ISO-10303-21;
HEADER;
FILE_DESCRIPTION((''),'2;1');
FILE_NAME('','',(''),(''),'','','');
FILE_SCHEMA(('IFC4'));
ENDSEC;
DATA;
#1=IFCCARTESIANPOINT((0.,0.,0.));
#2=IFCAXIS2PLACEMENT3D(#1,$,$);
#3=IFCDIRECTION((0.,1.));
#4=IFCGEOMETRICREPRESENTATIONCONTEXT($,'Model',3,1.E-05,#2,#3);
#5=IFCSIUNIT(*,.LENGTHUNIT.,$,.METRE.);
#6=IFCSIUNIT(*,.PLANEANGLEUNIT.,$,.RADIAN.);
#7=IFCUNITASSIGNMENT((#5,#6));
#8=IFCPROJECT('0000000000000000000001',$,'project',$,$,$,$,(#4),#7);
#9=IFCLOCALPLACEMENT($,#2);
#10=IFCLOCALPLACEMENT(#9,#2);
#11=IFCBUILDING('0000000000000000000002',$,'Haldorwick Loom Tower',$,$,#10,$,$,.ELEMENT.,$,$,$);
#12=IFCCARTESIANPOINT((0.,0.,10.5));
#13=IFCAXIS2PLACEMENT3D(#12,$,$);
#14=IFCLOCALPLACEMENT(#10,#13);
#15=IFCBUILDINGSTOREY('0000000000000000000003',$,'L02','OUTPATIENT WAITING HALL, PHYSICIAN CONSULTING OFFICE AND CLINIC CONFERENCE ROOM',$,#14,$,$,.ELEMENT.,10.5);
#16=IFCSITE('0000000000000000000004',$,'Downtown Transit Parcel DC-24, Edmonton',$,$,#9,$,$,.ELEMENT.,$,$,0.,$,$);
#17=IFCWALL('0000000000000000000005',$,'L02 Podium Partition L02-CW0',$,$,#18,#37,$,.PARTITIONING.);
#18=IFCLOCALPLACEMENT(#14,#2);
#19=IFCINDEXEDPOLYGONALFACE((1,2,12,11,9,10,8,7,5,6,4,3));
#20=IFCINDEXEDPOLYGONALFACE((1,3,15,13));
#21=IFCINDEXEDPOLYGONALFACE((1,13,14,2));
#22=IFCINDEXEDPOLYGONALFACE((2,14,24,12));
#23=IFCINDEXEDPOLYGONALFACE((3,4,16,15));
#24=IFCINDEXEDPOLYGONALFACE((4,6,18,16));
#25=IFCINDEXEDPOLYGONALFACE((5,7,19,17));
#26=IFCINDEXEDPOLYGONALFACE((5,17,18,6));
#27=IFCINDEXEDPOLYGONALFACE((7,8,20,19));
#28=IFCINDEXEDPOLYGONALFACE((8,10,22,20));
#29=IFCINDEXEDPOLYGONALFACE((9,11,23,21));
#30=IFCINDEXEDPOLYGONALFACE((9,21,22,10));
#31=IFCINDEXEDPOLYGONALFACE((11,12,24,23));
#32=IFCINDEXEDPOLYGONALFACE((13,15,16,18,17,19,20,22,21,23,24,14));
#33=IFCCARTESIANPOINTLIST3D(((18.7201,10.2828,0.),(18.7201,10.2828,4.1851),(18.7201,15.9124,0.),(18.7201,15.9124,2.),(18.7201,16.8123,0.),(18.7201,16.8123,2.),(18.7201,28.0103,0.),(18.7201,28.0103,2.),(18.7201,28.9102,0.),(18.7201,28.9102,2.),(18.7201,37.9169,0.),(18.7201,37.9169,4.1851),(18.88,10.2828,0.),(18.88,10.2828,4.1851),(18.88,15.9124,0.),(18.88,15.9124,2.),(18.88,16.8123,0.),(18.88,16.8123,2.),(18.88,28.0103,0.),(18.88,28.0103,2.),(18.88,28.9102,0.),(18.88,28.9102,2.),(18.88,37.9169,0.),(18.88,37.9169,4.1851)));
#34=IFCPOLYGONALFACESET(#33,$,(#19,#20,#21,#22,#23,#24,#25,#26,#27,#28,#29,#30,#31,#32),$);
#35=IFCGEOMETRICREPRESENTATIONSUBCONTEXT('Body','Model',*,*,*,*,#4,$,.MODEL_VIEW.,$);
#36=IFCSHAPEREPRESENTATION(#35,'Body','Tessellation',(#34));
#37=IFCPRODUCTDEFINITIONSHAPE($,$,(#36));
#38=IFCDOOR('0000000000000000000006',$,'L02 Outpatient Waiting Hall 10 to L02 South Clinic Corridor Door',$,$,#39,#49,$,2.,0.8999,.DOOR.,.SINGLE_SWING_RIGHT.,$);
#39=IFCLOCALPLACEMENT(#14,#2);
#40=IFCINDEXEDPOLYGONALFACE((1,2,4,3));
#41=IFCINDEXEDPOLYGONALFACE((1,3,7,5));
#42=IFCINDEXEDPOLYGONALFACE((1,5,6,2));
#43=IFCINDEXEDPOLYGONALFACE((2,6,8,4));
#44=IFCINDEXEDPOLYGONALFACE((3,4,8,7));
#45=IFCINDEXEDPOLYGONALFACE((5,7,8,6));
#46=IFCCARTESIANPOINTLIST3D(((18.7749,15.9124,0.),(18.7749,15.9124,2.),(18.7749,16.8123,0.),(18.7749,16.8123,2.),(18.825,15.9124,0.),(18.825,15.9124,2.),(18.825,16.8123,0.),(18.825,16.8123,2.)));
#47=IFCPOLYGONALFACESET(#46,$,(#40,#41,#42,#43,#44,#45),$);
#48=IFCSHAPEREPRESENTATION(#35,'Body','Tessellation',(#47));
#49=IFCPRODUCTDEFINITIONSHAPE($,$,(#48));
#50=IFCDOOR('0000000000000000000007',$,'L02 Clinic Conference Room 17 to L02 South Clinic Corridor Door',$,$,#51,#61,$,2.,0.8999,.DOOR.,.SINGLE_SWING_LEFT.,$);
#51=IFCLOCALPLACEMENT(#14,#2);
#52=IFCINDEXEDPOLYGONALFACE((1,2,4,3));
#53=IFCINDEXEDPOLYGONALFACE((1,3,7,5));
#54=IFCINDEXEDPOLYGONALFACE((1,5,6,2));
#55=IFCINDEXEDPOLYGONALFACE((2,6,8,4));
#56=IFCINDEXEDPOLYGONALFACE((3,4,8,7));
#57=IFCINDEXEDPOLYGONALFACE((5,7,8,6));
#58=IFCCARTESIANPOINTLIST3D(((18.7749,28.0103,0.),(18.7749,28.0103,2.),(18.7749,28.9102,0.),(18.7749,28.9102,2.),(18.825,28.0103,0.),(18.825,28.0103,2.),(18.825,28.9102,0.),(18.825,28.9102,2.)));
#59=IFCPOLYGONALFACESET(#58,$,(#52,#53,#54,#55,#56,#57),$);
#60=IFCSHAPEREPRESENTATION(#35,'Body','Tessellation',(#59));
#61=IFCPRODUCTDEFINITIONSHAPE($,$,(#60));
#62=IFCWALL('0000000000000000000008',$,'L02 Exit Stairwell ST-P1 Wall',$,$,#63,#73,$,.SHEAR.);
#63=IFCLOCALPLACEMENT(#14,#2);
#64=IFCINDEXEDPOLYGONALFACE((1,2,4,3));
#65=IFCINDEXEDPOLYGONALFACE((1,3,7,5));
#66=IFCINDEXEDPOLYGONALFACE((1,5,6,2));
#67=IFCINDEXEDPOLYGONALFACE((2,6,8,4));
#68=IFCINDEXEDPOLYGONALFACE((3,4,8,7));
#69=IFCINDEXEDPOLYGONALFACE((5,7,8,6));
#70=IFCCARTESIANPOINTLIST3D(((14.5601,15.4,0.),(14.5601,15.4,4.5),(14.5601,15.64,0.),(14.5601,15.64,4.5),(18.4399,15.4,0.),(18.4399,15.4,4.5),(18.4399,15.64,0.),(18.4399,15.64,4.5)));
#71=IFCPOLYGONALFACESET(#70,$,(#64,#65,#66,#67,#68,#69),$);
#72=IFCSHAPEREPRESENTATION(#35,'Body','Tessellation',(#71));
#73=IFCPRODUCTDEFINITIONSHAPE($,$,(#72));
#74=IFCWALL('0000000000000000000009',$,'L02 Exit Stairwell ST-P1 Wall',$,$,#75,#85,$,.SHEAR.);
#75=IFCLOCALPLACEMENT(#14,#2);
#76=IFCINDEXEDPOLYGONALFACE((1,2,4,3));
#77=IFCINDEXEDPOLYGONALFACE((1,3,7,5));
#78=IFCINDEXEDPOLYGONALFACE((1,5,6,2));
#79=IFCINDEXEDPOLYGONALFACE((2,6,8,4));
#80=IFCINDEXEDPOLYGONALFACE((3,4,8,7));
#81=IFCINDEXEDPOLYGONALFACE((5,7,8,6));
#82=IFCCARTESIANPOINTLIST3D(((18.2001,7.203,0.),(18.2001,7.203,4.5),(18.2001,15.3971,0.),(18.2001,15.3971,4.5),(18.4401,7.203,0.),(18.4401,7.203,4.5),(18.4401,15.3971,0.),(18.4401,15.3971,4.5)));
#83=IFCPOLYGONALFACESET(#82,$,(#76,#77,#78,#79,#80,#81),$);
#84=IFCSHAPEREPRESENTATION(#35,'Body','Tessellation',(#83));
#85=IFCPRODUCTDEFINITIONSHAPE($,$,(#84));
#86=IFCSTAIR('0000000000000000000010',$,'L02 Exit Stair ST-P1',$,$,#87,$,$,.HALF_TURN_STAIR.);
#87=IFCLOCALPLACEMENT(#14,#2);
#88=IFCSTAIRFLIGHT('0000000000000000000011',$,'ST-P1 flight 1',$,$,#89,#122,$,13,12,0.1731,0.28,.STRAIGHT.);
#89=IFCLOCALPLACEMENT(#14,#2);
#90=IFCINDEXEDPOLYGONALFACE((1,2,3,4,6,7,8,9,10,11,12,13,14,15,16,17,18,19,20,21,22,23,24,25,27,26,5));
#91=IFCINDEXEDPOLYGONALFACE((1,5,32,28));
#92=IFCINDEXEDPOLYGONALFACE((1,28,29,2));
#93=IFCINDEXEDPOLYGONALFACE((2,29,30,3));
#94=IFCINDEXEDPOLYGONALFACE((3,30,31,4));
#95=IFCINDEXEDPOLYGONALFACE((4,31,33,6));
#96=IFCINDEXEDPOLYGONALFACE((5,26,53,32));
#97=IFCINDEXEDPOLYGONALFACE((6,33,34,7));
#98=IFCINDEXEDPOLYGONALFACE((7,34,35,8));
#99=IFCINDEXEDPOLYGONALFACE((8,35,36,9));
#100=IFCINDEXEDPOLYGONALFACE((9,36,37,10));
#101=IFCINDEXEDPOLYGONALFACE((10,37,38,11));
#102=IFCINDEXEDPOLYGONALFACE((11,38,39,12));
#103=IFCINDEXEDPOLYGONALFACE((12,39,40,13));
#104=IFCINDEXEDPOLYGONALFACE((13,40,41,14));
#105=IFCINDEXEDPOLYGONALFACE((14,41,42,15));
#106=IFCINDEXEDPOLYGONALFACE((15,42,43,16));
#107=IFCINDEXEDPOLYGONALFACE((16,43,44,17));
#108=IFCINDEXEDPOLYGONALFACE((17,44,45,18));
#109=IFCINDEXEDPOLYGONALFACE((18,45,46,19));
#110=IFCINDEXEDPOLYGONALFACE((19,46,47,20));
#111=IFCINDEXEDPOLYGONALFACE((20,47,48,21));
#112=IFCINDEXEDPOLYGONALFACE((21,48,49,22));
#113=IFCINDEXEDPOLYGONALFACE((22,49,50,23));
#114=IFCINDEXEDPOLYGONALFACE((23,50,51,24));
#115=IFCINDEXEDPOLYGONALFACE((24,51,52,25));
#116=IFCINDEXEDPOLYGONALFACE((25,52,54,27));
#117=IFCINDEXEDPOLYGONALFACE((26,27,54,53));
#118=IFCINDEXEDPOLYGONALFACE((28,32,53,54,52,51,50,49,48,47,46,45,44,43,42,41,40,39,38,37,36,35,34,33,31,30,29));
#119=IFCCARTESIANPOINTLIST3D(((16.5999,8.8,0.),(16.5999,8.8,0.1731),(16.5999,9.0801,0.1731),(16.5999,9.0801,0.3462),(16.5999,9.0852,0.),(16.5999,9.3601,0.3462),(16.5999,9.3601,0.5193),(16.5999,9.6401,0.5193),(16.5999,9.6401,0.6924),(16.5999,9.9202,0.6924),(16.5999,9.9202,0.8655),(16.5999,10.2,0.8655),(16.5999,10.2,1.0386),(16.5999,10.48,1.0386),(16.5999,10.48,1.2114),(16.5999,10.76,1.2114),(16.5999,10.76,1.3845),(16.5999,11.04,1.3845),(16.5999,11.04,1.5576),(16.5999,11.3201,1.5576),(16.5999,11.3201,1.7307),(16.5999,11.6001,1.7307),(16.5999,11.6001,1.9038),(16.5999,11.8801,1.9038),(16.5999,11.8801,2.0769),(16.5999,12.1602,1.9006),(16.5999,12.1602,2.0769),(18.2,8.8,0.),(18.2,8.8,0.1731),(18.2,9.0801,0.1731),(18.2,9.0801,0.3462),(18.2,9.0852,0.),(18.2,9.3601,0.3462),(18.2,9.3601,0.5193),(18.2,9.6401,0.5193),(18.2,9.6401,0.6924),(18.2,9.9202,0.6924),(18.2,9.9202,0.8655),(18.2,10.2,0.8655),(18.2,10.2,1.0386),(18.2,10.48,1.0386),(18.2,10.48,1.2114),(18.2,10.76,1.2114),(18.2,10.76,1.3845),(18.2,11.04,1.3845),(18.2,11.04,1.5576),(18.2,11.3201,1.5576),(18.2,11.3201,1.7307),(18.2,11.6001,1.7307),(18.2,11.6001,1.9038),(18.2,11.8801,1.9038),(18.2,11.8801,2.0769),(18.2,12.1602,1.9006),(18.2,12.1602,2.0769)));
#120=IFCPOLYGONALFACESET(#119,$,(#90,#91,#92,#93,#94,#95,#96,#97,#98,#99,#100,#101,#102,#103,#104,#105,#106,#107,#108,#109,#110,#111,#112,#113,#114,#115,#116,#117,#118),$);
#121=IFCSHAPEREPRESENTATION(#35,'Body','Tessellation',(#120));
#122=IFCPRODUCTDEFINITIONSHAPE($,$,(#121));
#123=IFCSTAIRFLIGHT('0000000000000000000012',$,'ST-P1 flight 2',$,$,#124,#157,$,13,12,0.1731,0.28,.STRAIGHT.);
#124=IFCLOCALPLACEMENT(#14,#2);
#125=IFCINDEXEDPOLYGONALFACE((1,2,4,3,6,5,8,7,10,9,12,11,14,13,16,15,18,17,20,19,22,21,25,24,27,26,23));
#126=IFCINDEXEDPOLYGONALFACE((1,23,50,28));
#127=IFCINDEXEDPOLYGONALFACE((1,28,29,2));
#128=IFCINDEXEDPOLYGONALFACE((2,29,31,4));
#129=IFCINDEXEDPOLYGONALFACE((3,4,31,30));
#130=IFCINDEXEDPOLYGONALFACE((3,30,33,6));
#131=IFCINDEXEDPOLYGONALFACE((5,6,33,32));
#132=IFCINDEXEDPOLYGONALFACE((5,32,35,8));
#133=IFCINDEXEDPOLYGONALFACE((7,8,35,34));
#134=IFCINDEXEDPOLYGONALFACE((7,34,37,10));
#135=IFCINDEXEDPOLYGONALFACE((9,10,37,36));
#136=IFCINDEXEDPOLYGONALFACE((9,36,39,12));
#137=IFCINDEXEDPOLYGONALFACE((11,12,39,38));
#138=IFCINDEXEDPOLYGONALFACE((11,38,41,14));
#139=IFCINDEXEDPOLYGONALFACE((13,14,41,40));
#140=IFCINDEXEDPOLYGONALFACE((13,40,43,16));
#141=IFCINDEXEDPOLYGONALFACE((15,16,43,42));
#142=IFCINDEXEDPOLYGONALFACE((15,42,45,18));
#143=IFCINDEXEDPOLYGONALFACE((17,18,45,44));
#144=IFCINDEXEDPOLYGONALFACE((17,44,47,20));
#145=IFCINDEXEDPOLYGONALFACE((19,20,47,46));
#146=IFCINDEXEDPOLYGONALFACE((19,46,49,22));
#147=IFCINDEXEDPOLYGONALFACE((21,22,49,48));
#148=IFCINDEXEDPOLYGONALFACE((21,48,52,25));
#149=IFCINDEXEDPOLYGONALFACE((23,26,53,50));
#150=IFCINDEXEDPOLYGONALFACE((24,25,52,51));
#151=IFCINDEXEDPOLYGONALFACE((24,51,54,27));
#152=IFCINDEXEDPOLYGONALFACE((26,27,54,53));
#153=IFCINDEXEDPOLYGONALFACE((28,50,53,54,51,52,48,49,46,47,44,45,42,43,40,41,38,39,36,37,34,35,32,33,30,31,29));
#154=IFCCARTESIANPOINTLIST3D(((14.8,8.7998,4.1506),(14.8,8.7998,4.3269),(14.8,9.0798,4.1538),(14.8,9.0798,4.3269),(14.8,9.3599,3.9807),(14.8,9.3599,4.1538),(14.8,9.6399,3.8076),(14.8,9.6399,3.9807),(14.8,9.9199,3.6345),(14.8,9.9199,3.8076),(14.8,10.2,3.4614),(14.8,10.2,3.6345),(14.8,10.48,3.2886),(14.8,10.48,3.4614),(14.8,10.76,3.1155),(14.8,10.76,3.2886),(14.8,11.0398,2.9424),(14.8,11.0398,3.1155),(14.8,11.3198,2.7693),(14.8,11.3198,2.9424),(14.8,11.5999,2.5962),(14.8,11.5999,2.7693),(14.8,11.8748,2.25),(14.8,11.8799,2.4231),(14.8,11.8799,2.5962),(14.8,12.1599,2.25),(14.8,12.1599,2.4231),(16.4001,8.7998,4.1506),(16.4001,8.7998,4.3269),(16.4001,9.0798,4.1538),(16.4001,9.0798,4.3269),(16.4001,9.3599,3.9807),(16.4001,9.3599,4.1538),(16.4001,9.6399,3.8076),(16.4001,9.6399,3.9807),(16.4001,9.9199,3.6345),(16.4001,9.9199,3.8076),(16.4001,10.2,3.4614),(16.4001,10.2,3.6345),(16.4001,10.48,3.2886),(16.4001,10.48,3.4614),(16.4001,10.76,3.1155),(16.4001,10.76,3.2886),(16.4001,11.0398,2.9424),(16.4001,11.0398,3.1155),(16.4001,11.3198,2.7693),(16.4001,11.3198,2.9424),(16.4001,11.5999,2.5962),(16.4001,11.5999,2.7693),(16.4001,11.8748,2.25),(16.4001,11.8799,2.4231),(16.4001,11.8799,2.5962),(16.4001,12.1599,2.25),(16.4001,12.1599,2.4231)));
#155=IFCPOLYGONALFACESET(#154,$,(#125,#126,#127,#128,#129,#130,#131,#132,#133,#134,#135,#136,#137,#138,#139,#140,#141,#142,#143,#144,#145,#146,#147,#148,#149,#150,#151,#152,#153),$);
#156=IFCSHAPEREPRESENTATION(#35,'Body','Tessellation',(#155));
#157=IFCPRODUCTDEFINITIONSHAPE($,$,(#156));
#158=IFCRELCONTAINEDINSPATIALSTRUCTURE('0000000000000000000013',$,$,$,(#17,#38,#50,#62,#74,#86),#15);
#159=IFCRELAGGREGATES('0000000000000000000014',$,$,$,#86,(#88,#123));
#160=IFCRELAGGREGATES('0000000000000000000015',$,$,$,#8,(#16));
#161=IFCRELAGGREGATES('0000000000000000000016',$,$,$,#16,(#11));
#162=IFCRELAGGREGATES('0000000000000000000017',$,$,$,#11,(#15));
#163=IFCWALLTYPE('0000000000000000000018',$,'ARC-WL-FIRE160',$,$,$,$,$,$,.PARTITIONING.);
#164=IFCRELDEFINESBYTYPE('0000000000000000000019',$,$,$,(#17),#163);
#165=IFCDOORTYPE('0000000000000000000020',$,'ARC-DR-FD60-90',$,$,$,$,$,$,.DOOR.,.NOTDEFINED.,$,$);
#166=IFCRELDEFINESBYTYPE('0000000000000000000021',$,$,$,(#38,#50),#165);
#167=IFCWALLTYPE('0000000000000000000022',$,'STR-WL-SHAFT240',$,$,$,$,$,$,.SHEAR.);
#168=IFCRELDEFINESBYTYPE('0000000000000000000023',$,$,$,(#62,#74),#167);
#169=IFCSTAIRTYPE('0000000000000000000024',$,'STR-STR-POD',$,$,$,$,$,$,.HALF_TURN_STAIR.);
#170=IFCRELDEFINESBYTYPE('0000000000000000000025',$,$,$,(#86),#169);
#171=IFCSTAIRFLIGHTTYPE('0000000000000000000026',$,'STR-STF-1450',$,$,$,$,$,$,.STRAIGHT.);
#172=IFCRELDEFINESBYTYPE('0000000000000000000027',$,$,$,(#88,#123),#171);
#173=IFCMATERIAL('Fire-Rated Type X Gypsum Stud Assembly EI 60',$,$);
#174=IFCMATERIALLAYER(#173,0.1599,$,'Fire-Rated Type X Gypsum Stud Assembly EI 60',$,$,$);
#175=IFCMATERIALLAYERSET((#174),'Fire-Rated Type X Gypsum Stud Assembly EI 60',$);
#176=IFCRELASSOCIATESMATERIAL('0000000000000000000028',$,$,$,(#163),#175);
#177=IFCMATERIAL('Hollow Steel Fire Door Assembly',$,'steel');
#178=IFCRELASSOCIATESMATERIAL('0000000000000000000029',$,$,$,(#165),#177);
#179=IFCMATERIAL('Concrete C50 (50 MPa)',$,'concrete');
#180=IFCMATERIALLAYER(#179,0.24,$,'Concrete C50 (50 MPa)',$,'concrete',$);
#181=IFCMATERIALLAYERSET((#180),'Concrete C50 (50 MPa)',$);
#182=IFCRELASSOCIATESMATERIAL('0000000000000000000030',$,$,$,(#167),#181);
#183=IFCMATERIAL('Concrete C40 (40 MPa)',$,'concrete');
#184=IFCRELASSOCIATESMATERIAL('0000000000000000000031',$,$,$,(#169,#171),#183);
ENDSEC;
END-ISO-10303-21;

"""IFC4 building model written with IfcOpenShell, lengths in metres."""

from ifc_helpers import new_model, si_unit, direction, frame, frame_2d, origin, place, context, subcontext, project, spatial, polyline, rectangle, outline, extrude, material, layer, layer_set, type_object, element, fill, aggregate, save


model = new_model("IFC4")

# Units and contexts
model_context = context("Model", 3, precision=1e-05, world=origin(), true_north=direction((0.0, 1.0)))
body_context = subcontext(model_context, "Body", "Model", "MODEL_VIEW")
ifc_project = project(units=[si_unit("LENGTHUNIT", "METRE"), si_unit("PLANEANGLEUNIT", "RADIAN")], contexts=[model_context])

# Site, building, storey
site_placement = place(None, origin())
site = spatial("IfcSite", under=ifc_project, at=site_placement, Name="Downtown Transit Parcel DC-24, Edmonton", CompositionType="ELEMENT", RefElevation=0.0)
building_placement = place(site_placement, origin())
building = spatial("IfcBuilding", under=site, at=building_placement, Name="Haldorwick Loom Tower", CompositionType="ELEMENT")
storey_placement = place(building_placement, frame((0.0, 0.0, 10.5)))
storey = spatial("IfcBuildingStorey", under=building, at=storey_placement, Name="L02", Description="OUTPATIENT WAITING HALL, PHYSICIAN CONSULTING OFFICE AND CLINIC CONFERENCE ROOM", CompositionType="ELEMENT", Elevation=10.5)

# Shared definitions
ifc_material_1 = material(Name="Fire-Rated Type X Gypsum Stud Assembly EI 60")
ifc_layer_1 = layer(ifc_material_1, 0.1599, Name="Fire-Rated Type X Gypsum Stud Assembly EI 60")
ifc_layer_set_1 = layer_set([ifc_layer_1], Name="Fire-Rated Type X Gypsum Stud Assembly EI 60")
wall_type_1 = type_object("IfcWallType", Name="ARC-WL-FIRE160", PredefinedType="PARTITIONING", material=ifc_layer_set_1)
ifc_material_2 = material(Name="Hollow Steel Fire Door Assembly", Category="steel")
door_type = type_object("IfcDoorType", Name="ARC-DR-FD60-90", OperationType="NOTDEFINED", PredefinedType="DOOR", material=ifc_material_2)

# Wall, openings, doors
wall_1_placement = place(storey_placement, frame((18.8, 10.283, 0.0), z_axis=(0.0, 0.0, 1.0), x_axis=(0.0, 1.0, 0.0)))
wall_1 = element("IfcWall", 1, at=wall_1_placement, inside=storey, type_object=wall_type_1, Name="L02 Podium Partition L02-CW0", PredefinedType="PARTITIONING", context=body_context, shape_type="SweptSolid", body=[
    extrude(rectangle(XDim=27.634, YDim=0.1599, at=frame_2d((13.8169, 0.0))), origin(), (0.0, 0.0, 1.0), 4.1851),
])
opening_1_placement = place(wall_1_placement, frame((5.6294, 0.0, 0.0)))
opening_1 = element("IfcOpeningElement", 2, at=opening_1_placement, cuts=wall_1, PredefinedType="OPENING", context=body_context, shape_type="SweptSolid", body=[
    extrude(rectangle(XDim=0.8999, YDim=2.0, at=frame_2d((0.45, 1.0))), frame((0.0, 0.0898, 0.0), z_axis=(0.0, -1.0, 0.0), x_axis=(1.0, 0.0, 0.0)), (0.0, 0.0, 1.0), 0.1799),
])
opening_2_placement = place(wall_1_placement, frame((17.7273, 0.0, 0.0)))
opening_2 = element("IfcOpeningElement", 3, at=opening_2_placement, cuts=wall_1, PredefinedType="OPENING", context=body_context, shape_type="SweptSolid", body=[
    extrude(rectangle(XDim=0.8999, YDim=2.0, at=frame_2d((0.45, 1.0))), frame((0.0, 0.0898, 0.0), z_axis=(0.0, -1.0, 0.0), x_axis=(1.0, 0.0, 0.0)), (0.0, 0.0, 1.0), 0.1799),
])
door_1_placement = place(opening_1_placement, frame((0.8999, 0.0, 0.0), z_axis=(0.0, 0.0, 1.0), x_axis=(-1.0, 0.0, 0.0)))
door_1 = element("IfcDoor", 4, at=door_1_placement, inside=storey, type_object=door_type, Name="L02 Outpatient Waiting Hall 10 to L02 South Clinic Corridor Door", OperationType="SINGLE_SWING_RIGHT", OverallHeight=2.0, OverallWidth=0.8999, PredefinedType="DOOR", context=body_context, shape_type="SweptSolid", body=[
    extrude(rectangle(XDim=0.8999, YDim=2.0, at=frame_2d((0.45, 1.0))), frame((0.0, 0.0249, 0.0), z_axis=(0.0, -1.0, 0.0), x_axis=(1.0, 0.0, 0.0)), (0.0, 0.0, 1.0), 0.05),
])
fill(opening_1, door_1)
door_2_placement = place(opening_2_placement, frame((0.8999, 0.0, 0.0), z_axis=(0.0, 0.0, 1.0), x_axis=(-1.0, 0.0, 0.0)))
door_2 = element("IfcDoor", 5, at=door_2_placement, inside=storey, type_object=door_type, Name="L02 Clinic Conference Room 17 to L02 South Clinic Corridor Door", OperationType="SINGLE_SWING_LEFT", OverallHeight=2.0, OverallWidth=0.8999, PredefinedType="DOOR", context=body_context, shape_type="SweptSolid", body=[
    extrude(rectangle(XDim=0.8999, YDim=2.0, at=frame_2d((0.45, 1.0))), frame((0.0, 0.0249, 0.0), z_axis=(0.0, -1.0, 0.0), x_axis=(1.0, 0.0, 0.0)), (0.0, 0.0, 1.0), 0.05),
])
fill(opening_2, door_2)

# Walls
ifc_material_3 = material(Name="Concrete C50 (50 MPa)", Category="concrete")
ifc_layer_2 = layer(ifc_material_3, 0.24, Name="Concrete C50 (50 MPa)", Category="concrete")
ifc_layer_set_2 = layer_set([ifc_layer_2], Name="Concrete C50 (50 MPa)")
wall_type_2 = type_object("IfcWallType", Name="STR-WL-SHAFT240", PredefinedType="SHEAR", material=ifc_layer_set_2)
wall_2_placement = place(storey_placement, frame((18.4399, 15.52, 0.0), z_axis=(0.0, 0.0, 1.0), x_axis=(-1.0, 0.0, 0.0)))
element("IfcWall", 6, at=wall_2_placement, inside=storey, type_object=wall_type_2, Name="L02 Exit Stairwell ST-P1 Wall", PredefinedType="SHEAR", context=body_context, shape_type="SweptSolid", body=[
    extrude(rectangle(XDim=3.8799, YDim=0.24, at=frame_2d((1.9399, 0.0))), origin(), (0.0, 0.0, 1.0), 4.5),
])
wall_3_placement = place(storey_placement, frame((18.3201, 7.2029, 0.0), z_axis=(0.0, 0.0, 1.0), x_axis=(0.0, 1.0, 0.0)))
element("IfcWall", 7, at=wall_3_placement, inside=storey, type_object=wall_type_2, Name="L02 Exit Stairwell ST-P1 Wall", PredefinedType="SHEAR", context=body_context, shape_type="SweptSolid", body=[
    extrude(rectangle(XDim=8.1941, YDim=0.24, at=frame_2d((4.0972, 0.0))), origin(), (0.0, 0.0, 1.0), 4.5),
])

# Stair, stair flights
ifc_material_4 = material(Name="Concrete C40 (40 MPa)", Category="concrete")
stair_type = type_object("IfcStairType", Name="STR-STR-POD", PredefinedType="HALF_TURN_STAIR", material=ifc_material_4)
stair_placement = place(storey_placement, origin())
stair = element("IfcStair", 8, at=stair_placement, inside=storey, type_object=stair_type, Name="L02 Exit Stair ST-P1", PredefinedType="HALF_TURN_STAIR")
stair_flight_type = type_object("IfcStairFlightType", Name="STR-STF-1450", PredefinedType="STRAIGHT", material=ifc_material_4)
stair_flight_1_placement = place(storey_placement, frame((17.3999, 8.8, 0.0), z_axis=(0.0, 0.0, 1.0), x_axis=(0.0, 1.0, 0.0)))
stair_flight_1 = element("IfcStairFlight", 9, at=stair_flight_1_placement, type_object=stair_flight_type, Name="ST-P1 flight 1", NumberOfRisers=13, NumberOfTreads=12, PredefinedType="STRAIGHT", RiserHeight=0.1731, TreadLength=0.28, context=body_context, shape_type="SweptSolid", body=[
    extrude(outline(polyline([(0.0, 0.0), (0.0, 0.1731), (0.28, 0.1731), (0.28, 0.3462), (0.5601, 0.3462), (0.5601, 0.5193), (0.8401, 0.5193), (0.8401, 0.6924), (1.1201, 0.6924), (1.1201, 0.8655), (1.3999, 0.8655), (1.3999, 1.0386), (1.6799, 1.0386), (1.6799, 1.2114), (1.96, 1.2114), (1.96, 1.3845), (2.24, 1.3845), (2.24, 1.5576), (2.52, 1.5576), (2.52, 1.7307), (2.8, 1.7307), (2.8, 1.9038), (3.0801, 1.9038), (3.0801, 2.0769), (3.3601, 2.0769), (3.3601, 2.25), (3.3601, 1.9006), (0.2852, 0.0), (0.0, 0.0)])), frame((0.0, 0.8, 0.0), z_axis=(0.0, -1.0, 0.0), x_axis=(1.0, 0.0, 0.0)), (0.0, 0.0, 1.0), 1.6001),
])
stair_flight_2_placement = place(storey_placement, frame((15.6001, 12.1599, 2.25), z_axis=(0.0, 0.0, 1.0), x_axis=(0.0, -1.0, 0.0)))
stair_flight_2 = element("IfcStairFlight", 10, at=stair_flight_2_placement, type_object=stair_flight_type, Name="ST-P1 flight 2", NumberOfRisers=13, NumberOfTreads=12, PredefinedType="STRAIGHT", RiserHeight=0.1731, TreadLength=0.28, context=body_context, shape_type="SweptSolid", body=[
    extrude(outline(polyline([(0.0, 0.0), (0.0, 0.1731), (0.28, 0.1731), (0.28, 0.3462), (0.5601, 0.3462), (0.5601, 0.5193), (0.8401, 0.5193), (0.8401, 0.6924), (1.1201, 0.6924), (1.1201, 0.8655), (1.3999, 0.8655), (1.3999, 1.0386), (1.6799, 1.0386), (1.6799, 1.2114), (1.96, 1.2114), (1.96, 1.3845), (2.24, 1.3845), (2.24, 1.5576), (2.52, 1.5576), (2.52, 1.7307), (2.8, 1.7307), (2.8, 1.9038), (3.0801, 1.9038), (3.0801, 2.0769), (3.3601, 2.0769), (3.3601, 2.25), (3.3601, 1.9006), (0.2852, 0.0), (0.0, 0.0)])), frame((0.0, 0.8, 0.0), z_axis=(0.0, -1.0, 0.0), x_axis=(1.0, 0.0, 0.0)), (0.0, 0.0, 1.0), 1.6001),
])
aggregate(stair, [stair_flight_1, stair_flight_2])

save(model, "model.ifc")
